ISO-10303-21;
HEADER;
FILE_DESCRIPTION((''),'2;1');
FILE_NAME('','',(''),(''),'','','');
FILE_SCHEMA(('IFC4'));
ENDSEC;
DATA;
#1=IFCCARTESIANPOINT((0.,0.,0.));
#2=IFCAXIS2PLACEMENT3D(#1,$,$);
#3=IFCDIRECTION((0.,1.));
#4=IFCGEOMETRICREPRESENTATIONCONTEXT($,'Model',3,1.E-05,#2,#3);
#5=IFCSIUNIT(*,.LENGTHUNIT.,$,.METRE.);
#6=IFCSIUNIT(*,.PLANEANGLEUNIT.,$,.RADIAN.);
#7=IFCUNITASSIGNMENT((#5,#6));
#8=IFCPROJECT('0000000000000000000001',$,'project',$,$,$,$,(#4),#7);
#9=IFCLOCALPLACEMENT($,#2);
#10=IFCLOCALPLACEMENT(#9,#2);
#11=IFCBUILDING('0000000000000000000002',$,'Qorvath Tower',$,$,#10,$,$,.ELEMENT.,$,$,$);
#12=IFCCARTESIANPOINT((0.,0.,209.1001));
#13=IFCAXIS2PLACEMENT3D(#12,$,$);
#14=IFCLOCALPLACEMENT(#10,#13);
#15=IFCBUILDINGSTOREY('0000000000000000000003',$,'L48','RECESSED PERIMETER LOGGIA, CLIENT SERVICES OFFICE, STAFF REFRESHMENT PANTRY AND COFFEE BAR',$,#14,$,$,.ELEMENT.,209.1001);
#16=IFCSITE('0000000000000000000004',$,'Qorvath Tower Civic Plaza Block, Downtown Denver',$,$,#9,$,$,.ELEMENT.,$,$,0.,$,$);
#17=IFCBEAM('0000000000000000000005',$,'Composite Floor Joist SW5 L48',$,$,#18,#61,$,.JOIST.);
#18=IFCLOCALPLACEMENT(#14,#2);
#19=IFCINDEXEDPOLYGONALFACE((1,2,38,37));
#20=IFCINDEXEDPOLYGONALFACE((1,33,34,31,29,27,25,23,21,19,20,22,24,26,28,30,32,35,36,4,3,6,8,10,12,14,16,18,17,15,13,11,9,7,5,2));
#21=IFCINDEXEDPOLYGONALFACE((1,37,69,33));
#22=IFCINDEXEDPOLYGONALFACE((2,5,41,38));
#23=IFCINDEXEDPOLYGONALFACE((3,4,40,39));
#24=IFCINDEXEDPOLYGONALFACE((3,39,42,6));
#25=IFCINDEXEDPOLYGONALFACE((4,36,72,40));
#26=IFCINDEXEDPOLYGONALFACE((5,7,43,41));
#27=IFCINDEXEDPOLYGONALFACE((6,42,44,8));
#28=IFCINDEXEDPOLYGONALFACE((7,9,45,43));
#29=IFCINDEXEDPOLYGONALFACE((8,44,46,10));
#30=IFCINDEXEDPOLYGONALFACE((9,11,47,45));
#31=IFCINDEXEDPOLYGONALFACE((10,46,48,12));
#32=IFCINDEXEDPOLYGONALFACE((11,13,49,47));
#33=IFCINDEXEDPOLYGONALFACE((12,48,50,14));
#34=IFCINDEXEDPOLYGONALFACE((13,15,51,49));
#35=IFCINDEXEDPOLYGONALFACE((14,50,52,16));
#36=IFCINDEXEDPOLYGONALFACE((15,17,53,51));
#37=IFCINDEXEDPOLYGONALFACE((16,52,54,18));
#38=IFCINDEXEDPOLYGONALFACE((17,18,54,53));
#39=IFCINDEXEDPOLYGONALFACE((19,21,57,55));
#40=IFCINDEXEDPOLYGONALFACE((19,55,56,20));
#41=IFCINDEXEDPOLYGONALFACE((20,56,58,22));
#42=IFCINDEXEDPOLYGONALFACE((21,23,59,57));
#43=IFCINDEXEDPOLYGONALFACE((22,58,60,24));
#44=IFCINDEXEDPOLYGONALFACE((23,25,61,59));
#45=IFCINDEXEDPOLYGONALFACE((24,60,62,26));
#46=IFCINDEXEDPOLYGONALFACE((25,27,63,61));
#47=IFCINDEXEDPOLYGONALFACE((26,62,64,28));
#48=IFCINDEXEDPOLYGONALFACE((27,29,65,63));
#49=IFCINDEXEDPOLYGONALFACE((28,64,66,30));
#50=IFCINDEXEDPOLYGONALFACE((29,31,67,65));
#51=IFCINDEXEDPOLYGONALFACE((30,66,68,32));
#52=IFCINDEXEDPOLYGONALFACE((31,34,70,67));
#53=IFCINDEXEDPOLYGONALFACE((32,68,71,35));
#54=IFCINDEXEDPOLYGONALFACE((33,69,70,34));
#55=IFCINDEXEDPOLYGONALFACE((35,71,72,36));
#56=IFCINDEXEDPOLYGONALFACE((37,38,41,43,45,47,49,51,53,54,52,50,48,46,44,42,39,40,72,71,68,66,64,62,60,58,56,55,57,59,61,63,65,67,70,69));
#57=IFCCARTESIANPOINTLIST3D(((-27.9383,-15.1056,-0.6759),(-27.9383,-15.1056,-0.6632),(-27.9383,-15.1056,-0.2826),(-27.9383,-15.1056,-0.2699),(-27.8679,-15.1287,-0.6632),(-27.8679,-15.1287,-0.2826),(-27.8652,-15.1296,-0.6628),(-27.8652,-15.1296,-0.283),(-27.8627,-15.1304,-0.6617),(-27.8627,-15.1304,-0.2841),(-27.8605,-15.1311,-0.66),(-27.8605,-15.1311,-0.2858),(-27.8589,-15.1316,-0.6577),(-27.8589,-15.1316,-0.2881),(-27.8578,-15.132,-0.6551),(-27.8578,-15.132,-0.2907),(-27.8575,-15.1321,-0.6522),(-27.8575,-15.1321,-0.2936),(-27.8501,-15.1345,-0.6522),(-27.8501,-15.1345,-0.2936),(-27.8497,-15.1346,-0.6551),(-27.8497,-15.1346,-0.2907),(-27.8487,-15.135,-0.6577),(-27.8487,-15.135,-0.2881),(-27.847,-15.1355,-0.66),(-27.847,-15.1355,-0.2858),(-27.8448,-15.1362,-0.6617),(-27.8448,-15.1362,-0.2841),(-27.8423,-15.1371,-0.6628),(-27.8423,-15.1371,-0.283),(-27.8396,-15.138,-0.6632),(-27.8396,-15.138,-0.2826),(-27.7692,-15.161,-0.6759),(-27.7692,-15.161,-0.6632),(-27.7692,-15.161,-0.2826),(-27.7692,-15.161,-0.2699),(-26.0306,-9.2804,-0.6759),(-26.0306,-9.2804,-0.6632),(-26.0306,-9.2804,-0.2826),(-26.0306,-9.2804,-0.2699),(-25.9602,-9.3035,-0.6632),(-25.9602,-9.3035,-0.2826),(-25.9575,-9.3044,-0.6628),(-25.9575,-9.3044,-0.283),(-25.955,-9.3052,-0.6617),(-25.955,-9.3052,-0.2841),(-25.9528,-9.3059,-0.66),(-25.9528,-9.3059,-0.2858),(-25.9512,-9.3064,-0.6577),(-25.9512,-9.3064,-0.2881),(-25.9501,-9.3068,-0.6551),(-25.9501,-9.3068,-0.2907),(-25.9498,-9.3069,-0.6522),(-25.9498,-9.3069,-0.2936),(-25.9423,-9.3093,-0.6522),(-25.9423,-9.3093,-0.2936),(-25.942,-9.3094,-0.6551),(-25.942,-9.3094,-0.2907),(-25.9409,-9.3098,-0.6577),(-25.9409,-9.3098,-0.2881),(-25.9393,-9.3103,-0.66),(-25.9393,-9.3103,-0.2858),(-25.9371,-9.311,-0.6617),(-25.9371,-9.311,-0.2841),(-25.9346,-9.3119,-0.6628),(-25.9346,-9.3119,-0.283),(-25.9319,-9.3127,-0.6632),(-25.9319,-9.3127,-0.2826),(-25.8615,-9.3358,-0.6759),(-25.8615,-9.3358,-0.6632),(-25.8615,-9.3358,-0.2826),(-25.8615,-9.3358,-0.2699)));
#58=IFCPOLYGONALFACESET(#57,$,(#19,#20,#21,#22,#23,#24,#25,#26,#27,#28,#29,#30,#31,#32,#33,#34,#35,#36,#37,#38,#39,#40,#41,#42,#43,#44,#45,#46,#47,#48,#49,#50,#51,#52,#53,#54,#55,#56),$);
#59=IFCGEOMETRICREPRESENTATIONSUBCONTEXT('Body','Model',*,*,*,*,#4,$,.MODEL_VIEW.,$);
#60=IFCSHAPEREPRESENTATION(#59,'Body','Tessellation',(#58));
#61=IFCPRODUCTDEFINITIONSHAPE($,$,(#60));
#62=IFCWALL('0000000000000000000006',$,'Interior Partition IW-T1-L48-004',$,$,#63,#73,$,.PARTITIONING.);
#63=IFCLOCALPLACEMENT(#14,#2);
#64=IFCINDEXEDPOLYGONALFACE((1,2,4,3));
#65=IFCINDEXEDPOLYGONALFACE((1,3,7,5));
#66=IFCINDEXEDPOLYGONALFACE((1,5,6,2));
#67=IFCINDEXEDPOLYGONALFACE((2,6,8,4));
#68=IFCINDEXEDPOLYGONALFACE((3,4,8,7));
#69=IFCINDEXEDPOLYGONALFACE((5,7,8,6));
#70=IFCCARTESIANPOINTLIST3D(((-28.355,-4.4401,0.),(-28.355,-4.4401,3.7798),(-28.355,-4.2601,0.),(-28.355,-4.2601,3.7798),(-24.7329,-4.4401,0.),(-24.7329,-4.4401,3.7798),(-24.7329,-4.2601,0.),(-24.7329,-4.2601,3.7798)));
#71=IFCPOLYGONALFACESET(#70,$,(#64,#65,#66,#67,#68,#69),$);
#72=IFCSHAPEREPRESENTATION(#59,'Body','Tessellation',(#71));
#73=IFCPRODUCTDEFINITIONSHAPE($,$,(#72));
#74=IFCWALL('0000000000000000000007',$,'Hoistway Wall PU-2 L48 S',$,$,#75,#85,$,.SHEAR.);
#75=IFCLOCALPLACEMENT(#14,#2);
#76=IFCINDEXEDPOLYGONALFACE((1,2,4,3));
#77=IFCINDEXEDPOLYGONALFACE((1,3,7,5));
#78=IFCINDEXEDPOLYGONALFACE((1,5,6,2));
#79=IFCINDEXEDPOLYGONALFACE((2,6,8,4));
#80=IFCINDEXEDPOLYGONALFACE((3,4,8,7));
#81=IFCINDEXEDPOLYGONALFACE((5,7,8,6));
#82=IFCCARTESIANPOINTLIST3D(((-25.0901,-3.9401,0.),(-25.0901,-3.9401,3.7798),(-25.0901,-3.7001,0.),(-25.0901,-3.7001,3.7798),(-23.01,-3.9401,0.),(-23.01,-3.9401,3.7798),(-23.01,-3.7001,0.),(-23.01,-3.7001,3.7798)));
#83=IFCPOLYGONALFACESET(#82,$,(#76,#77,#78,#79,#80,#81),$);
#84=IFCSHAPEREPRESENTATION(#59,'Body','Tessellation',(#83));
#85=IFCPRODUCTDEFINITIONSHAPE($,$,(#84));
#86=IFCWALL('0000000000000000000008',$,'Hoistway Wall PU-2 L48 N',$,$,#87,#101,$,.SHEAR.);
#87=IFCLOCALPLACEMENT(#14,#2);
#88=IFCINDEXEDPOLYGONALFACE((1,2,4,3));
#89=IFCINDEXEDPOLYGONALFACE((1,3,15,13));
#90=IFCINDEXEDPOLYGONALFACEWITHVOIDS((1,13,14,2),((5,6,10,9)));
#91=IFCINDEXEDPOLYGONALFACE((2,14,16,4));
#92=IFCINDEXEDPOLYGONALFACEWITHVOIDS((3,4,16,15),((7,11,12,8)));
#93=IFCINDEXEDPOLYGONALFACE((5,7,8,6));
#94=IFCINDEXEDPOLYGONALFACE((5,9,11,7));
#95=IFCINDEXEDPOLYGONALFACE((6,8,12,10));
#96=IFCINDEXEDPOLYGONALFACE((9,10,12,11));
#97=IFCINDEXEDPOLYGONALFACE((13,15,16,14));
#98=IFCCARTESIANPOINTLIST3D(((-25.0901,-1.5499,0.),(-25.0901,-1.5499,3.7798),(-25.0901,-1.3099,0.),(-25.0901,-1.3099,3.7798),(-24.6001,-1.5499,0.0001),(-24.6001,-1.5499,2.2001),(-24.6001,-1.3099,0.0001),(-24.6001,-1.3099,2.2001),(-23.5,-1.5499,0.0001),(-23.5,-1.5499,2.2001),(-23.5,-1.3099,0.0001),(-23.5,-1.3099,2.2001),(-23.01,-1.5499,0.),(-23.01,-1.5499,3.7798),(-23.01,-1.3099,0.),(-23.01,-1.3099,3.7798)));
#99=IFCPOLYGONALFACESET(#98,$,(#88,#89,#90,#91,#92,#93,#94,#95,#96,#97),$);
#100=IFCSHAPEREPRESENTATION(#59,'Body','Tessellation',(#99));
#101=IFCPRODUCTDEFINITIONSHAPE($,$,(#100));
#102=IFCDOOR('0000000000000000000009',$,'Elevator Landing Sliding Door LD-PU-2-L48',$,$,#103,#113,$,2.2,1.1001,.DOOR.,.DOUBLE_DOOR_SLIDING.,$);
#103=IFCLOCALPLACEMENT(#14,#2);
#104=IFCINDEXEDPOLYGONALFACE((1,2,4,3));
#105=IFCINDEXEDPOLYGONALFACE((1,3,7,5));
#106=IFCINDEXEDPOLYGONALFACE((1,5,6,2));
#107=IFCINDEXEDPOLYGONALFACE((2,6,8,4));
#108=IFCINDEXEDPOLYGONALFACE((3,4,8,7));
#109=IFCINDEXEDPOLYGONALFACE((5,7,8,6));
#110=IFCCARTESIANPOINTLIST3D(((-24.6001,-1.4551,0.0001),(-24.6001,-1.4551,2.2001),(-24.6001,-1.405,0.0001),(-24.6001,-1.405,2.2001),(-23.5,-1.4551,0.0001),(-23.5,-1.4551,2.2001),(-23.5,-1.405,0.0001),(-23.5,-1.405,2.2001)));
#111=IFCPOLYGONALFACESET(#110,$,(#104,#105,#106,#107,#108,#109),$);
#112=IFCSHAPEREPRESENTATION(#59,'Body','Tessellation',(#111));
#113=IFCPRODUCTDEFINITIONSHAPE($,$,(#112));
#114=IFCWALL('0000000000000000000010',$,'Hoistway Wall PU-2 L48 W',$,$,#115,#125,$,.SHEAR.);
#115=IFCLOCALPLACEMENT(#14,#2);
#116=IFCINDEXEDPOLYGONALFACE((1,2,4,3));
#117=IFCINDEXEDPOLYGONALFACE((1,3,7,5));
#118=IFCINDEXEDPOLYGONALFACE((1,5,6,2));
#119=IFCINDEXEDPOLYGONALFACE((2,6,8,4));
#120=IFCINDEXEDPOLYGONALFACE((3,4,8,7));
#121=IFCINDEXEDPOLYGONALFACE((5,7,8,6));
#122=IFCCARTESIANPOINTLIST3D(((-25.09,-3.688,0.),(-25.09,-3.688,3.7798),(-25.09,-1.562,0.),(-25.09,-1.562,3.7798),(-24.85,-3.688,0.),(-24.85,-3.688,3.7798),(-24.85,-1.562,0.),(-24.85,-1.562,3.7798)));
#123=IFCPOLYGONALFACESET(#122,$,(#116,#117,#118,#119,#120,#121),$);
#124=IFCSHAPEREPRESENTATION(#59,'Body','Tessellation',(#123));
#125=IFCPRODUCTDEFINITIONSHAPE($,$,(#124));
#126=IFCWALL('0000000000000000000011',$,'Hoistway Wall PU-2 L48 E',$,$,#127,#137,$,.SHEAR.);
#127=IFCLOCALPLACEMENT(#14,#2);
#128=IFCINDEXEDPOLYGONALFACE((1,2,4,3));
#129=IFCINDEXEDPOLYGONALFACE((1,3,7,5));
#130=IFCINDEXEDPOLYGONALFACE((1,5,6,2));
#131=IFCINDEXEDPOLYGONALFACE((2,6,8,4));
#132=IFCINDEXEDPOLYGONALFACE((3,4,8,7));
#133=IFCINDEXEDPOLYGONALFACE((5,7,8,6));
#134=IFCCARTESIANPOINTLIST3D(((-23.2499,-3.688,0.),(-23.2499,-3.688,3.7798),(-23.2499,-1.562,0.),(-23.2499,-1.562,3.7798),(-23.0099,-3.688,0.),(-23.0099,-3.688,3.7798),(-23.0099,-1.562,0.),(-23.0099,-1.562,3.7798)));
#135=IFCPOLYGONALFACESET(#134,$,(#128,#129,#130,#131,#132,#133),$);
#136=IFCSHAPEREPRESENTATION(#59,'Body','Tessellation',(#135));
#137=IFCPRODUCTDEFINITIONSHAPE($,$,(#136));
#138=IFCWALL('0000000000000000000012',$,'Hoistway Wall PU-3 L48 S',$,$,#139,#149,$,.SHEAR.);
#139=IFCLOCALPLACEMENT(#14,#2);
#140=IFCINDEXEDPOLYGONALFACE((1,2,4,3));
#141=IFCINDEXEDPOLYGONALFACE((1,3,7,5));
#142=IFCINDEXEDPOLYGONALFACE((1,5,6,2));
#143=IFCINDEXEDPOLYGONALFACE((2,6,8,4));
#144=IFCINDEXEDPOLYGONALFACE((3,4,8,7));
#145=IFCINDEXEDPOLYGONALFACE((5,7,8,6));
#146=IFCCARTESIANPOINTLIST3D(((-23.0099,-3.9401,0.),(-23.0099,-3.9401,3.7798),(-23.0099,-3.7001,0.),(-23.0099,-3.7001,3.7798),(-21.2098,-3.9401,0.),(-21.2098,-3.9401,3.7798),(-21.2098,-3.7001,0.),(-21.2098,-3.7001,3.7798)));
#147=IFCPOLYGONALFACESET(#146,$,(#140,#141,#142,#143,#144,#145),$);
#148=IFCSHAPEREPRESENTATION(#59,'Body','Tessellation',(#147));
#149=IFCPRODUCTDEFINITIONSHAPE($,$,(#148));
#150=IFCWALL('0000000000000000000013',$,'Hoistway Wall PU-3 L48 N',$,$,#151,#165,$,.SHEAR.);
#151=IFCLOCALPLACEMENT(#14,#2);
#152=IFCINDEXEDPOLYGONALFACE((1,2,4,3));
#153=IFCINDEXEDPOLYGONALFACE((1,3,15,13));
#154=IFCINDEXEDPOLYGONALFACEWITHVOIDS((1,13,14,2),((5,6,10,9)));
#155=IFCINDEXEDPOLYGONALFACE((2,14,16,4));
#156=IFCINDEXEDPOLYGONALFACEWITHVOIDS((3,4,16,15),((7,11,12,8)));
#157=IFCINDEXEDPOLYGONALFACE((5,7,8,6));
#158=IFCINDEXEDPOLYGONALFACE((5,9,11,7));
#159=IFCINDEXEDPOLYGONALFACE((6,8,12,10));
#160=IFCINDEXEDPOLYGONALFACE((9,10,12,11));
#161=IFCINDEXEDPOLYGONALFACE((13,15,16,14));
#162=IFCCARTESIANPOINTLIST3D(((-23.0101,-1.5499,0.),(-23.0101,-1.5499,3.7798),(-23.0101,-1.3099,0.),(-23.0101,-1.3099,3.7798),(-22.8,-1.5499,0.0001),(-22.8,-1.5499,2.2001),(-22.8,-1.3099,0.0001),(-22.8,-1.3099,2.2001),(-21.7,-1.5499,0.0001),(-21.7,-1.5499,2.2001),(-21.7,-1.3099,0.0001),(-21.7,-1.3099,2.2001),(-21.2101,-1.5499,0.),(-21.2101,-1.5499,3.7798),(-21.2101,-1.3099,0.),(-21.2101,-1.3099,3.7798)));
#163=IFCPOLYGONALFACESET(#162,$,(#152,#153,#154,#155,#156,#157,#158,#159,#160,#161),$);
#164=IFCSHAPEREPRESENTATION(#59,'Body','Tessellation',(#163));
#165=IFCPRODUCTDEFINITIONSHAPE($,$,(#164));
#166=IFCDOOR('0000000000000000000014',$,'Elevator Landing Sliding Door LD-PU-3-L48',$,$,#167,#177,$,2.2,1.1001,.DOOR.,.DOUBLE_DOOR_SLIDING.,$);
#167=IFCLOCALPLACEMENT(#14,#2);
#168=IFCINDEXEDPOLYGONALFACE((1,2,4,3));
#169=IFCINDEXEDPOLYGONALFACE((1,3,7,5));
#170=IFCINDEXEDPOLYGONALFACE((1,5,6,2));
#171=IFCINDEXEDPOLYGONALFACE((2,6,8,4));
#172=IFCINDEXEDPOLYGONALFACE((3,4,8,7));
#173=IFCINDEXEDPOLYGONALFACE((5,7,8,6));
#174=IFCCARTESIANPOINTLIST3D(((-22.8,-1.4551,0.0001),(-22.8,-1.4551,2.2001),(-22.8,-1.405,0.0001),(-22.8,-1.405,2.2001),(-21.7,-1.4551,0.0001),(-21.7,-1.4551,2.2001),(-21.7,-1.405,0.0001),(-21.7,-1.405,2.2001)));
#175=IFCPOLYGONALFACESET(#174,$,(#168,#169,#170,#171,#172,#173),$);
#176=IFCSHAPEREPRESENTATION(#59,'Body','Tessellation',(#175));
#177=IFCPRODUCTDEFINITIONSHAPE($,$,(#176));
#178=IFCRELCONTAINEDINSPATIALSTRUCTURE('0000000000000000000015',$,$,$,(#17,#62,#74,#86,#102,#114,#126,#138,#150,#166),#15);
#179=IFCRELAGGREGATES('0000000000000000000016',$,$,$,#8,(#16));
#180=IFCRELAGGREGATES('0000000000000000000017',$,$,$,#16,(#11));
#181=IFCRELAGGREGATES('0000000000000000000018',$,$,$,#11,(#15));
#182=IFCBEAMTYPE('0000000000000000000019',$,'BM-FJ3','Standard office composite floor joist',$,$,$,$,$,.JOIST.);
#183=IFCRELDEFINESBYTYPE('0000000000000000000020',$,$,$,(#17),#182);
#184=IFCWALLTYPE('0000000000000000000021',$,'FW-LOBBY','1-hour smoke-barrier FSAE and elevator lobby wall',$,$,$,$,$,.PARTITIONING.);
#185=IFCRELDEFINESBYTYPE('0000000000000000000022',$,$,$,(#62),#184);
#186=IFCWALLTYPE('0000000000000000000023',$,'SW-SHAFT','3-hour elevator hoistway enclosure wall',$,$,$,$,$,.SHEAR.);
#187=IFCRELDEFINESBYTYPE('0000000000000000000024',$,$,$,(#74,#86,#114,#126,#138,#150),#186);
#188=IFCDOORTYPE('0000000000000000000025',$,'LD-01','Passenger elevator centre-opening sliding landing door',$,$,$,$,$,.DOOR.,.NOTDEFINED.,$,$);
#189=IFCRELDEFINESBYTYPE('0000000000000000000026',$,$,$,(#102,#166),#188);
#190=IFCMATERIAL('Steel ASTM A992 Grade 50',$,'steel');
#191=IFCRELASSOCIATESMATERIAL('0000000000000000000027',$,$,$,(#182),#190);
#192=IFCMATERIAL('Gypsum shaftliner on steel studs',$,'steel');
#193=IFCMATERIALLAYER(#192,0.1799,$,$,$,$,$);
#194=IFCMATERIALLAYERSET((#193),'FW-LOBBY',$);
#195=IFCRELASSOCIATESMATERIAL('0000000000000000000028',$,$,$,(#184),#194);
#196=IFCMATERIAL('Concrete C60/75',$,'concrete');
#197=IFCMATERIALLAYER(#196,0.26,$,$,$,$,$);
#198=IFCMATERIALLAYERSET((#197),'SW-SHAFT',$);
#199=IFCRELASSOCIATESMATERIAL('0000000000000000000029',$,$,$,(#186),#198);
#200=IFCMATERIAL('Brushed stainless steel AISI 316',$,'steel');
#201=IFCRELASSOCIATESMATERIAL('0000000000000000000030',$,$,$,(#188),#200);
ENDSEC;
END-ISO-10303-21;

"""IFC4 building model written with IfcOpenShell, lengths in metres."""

from ifc_helpers import new_model, si_unit, direction, frame, frame_2d, origin, origin_2d, place, context, subcontext, project, spatial, rectangle, i_section, extrude, material, layer, layer_set, material_profile, profile_set, type_object, element, fill, save


model = new_model("IFC4")

# Units and contexts
model_context = context("Model", 3, precision=1e-05, world=origin(), true_north=direction((0.0, 1.0)))
body_context = subcontext(model_context, "Body", "Model", "MODEL_VIEW")
ifc_project = project(units=[si_unit("LENGTHUNIT", "METRE"), si_unit("PLANEANGLEUNIT", "RADIAN")], contexts=[model_context])

# Site, building, storey
site_placement = place(None, origin())
site = spatial("IfcSite", under=ifc_project, at=site_placement, Name="Qorvath Tower Civic Plaza Block, Downtown Denver", CompositionType="ELEMENT", RefElevation=0.0)
building_placement = place(site_placement, origin())
building = spatial("IfcBuilding", under=site, at=building_placement, Name="Qorvath Tower", CompositionType="ELEMENT")
storey_placement = place(building_placement, frame((0.0, 0.0, 209.1001)))
storey = spatial("IfcBuildingStorey", under=building, at=storey_placement, Name="L48", Description="RECESSED PERIMETER LOGGIA, CLIENT SERVICES OFFICE, STAFF REFRESHMENT PANTRY AND COFFEE BAR", CompositionType="ELEMENT", Elevation=209.1001)

# Beam
ifc_material_1 = material(Name="Steel ASTM A992 Grade 50", Category="steel")
ifc_material_profile = material_profile(ifc_material_1, i_section(OverallWidth=0.178, OverallDepth=0.406, WebThickness=0.0078, FlangeThickness=0.0127, FilletRadius=0.011, at=origin_2d()), Name="W16x40")
ifc_profile_set = profile_set([ifc_material_profile], Name="Steel ASTM A992 Grade 50")
beam_type = type_object("IfcBeamType", Name="BM-FJ3", Description="Standard office composite floor joist", PredefinedType="JOIST", material=ifc_profile_set)
beam_placement = place(storey_placement, frame((-25.946, -9.3081, -0.4729), z_axis=(-0.311229, -0.950335, 0.0), x_axis=(0.950335, -0.311229, 0.0)))
element("IfcBeam", 1, at=beam_placement, inside=storey, type_object=beam_type, Name="Composite Floor Joist SW5 L48", PredefinedType="JOIST", context=body_context, shape_type="SweptSolid", body=[
    extrude(i_section(OverallWidth=0.178, OverallDepth=0.406, WebThickness=0.0078, FlangeThickness=0.0127, FilletRadius=0.011, at=origin_2d()), origin(), (0.0, 0.0, 1.0), 6.1296),
])

# Walls
ifc_material_2 = material(Name="Gypsum shaftliner on steel studs", Category="steel")
ifc_layer_1 = layer(ifc_material_2, 0.1799)
ifc_layer_set_1 = layer_set([ifc_layer_1], Name="FW-LOBBY")
wall_type_1 = type_object("IfcWallType", Name="FW-LOBBY", Description="1-hour smoke-barrier FSAE and elevator lobby wall", PredefinedType="PARTITIONING", material=ifc_layer_set_1)
wall_1_placement = place(storey_placement, frame((-24.7329, -4.3501, 0.0), z_axis=(0.0, 0.0, 1.0), x_axis=(-1.0, 0.0, 0.0)))
element("IfcWall", 2, at=wall_1_placement, inside=storey, type_object=wall_type_1, Name="Interior Partition IW-T1-L48-004", PredefinedType="PARTITIONING", context=body_context, shape_type="SweptSolid", body=[
    extrude(rectangle(XDim=3.6221, YDim=0.1799, at=frame_2d((1.811, 0.0))), origin(), (0.0, 0.0, 1.0), 3.7798),
])
ifc_material_3 = material(Name="Concrete C60/75", Category="concrete")
ifc_layer_2 = layer(ifc_material_3, 0.26)
ifc_layer_set_2 = layer_set([ifc_layer_2], Name="SW-SHAFT")
wall_type_2 = type_object("IfcWallType", Name="SW-SHAFT", Description="3-hour elevator hoistway enclosure wall", PredefinedType="SHEAR", material=ifc_layer_set_2)
wall_2_placement = place(storey_placement, frame((-23.01, -3.8201, 0.0), z_axis=(0.0, 0.0, 1.0), x_axis=(-1.0, 0.0, 0.0)))
element("IfcWall", 3, at=wall_2_placement, inside=storey, type_object=wall_type_2, Name="Hoistway Wall PU-2 L48 S", PredefinedType="SHEAR", context=body_context, shape_type="SweptSolid", body=[
    extrude(rectangle(XDim=2.0801, YDim=0.24, at=frame_2d((1.04, 0.0))), origin(), (0.0, 0.0, 1.0), 3.7798),
])

# Wall, opening, door
wall_3_placement = place(storey_placement, frame((-25.0901, -1.4299, 0.0), z_axis=(0.0, 0.0, 1.0), x_axis=(1.0, 0.0, 0.0)))
wall_3 = element("IfcWall", 4, at=wall_3_placement, inside=storey, type_object=wall_type_2, Name="Hoistway Wall PU-2 L48 N", PredefinedType="SHEAR", context=body_context, shape_type="SweptSolid", body=[
    extrude(rectangle(XDim=2.0801, YDim=0.24, at=frame_2d((1.04, 0.0))), origin(), (0.0, 0.0, 1.0), 3.7798),
])
opening_1_placement = place(wall_3_placement, frame((0.49, 0.0, 0.0)))
opening_1 = element("IfcOpeningElement", 5, at=opening_1_placement, cuts=wall_3, PredefinedType="OPENING", context=body_context, shape_type="SweptSolid", body=[
    extrude(rectangle(XDim=1.1001, YDim=2.2, at=frame_2d((0.55, 1.1001))), frame((0.0, 0.1299, 0.0), z_axis=(0.0, -1.0, 0.0), x_axis=(1.0, 0.0, 0.0)), (0.0, 0.0, 1.0), 0.26),
])
ifc_material_4 = material(Name="Brushed stainless steel AISI 316", Category="steel")
door_type_1 = type_object("IfcDoorType", Name="LD-01", Description="Passenger elevator centre-opening sliding landing door", OperationType="NOTDEFINED", PredefinedType="DOOR", material=ifc_material_4)
door_1_placement = place(opening_1_placement, origin())
door_1 = element("IfcDoor", 6, at=door_1_placement, inside=storey, type_object=door_type_1, Name="Elevator Landing Sliding Door LD-PU-2-L48", OperationType="DOUBLE_DOOR_SLIDING", OverallHeight=2.2, OverallWidth=1.1001, PredefinedType="DOOR", context=body_context, shape_type="SweptSolid", body=[
    extrude(rectangle(XDim=1.1001, YDim=2.2, at=frame_2d((0.55, 1.1001))), frame((0.0, 0.0249, 0.0), z_axis=(0.0, -1.0, 0.0), x_axis=(1.0, 0.0, 0.0)), (0.0, 0.0, 1.0), 0.05),
])
fill(opening_1, door_1)

# Walls
for number, where, z_axis, x_axis, name in (
    (7, (-24.97, -3.688, 0.0), (0.0, 0.0, 1.0), (0.0, 1.0, 0.0), "Hoistway Wall PU-2 L48 W"),
    (8, (-23.1299, -1.562, 0.0), (0.0, 0.0, 1.0), (0.0, -1.0, 0.0), "Hoistway Wall PU-2 L48 E"),
):
    element("IfcWall", number, at=place(storey_placement, frame(where, z_axis=z_axis, x_axis=x_axis)), inside=storey, type_object=wall_type_2, Name=name, PredefinedType="SHEAR", context=body_context, shape_type="SweptSolid", body=[
        extrude(rectangle(XDim=2.126, YDim=0.24, at=frame_2d((1.063, 0.0))), origin(), (0.0, 0.0, 1.0), 3.7798),
    ])
wall_4_placement = place(storey_placement, frame((-21.21, -3.8201, 0.0), z_axis=(0.0, 0.0, 1.0), x_axis=(-1.0, 0.0, 0.0)))
element("IfcWall", 9, at=wall_4_placement, inside=storey, type_object=wall_type_2, Name="Hoistway Wall PU-3 L48 S", PredefinedType="SHEAR", context=body_context, shape_type="SweptSolid", body=[
    extrude(rectangle(XDim=1.8, YDim=0.24, at=frame_2d((0.8999, 0.0))), origin(), (0.0, 0.0, 1.0), 3.7798),
])

# Wall, opening, door
wall_5_placement = place(storey_placement, frame((-23.01, -1.4299, 0.0), z_axis=(0.0, 0.0, 1.0), x_axis=(1.0, 0.0, 0.0)))
wall_5 = element("IfcWall", 10, at=wall_5_placement, inside=storey, type_object=wall_type_2, Name="Hoistway Wall PU-3 L48 N", PredefinedType="SHEAR", context=body_context, shape_type="SweptSolid", body=[
    extrude(rectangle(XDim=1.8, YDim=0.24, at=frame_2d((0.8999, 0.0))), origin(), (0.0, 0.0, 1.0), 3.7798),
])
opening_2_placement = place(wall_5_placement, frame((0.21, 0.0, 0.0)))
opening_2 = element("IfcOpeningElement", 11, at=opening_2_placement, cuts=wall_5, PredefinedType="OPENING", context=body_context, shape_type="SweptSolid", body=[
    extrude(rectangle(XDim=1.1001, YDim=2.2, at=frame_2d((0.55, 1.1001))), frame((0.0, 0.1299, 0.0), z_axis=(0.0, -1.0, 0.0), x_axis=(1.0, 0.0, 0.0)), (0.0, 0.0, 1.0), 0.26),
])
door_2_placement = place(opening_2_placement, origin())
door_2 = element("IfcDoor", 12, at=door_2_placement, inside=storey, type_object=door_type_1, Name="Elevator Landing Sliding Door LD-PU-3-L48", OperationType="DOUBLE_DOOR_SLIDING", OverallHeight=2.2, OverallWidth=1.1001, PredefinedType="DOOR", context=body_context, shape_type="SweptSolid", body=[
    extrude(rectangle(XDim=1.1001, YDim=2.2, at=frame_2d((0.55, 1.1001))), frame((0.0, 0.0249, 0.0), z_axis=(0.0, -1.0, 0.0), x_axis=(1.0, 0.0, 0.0)), (0.0, 0.0, 1.0), 0.05),
])
fill(opening_2, door_2)

save(model, "model.ifc")
